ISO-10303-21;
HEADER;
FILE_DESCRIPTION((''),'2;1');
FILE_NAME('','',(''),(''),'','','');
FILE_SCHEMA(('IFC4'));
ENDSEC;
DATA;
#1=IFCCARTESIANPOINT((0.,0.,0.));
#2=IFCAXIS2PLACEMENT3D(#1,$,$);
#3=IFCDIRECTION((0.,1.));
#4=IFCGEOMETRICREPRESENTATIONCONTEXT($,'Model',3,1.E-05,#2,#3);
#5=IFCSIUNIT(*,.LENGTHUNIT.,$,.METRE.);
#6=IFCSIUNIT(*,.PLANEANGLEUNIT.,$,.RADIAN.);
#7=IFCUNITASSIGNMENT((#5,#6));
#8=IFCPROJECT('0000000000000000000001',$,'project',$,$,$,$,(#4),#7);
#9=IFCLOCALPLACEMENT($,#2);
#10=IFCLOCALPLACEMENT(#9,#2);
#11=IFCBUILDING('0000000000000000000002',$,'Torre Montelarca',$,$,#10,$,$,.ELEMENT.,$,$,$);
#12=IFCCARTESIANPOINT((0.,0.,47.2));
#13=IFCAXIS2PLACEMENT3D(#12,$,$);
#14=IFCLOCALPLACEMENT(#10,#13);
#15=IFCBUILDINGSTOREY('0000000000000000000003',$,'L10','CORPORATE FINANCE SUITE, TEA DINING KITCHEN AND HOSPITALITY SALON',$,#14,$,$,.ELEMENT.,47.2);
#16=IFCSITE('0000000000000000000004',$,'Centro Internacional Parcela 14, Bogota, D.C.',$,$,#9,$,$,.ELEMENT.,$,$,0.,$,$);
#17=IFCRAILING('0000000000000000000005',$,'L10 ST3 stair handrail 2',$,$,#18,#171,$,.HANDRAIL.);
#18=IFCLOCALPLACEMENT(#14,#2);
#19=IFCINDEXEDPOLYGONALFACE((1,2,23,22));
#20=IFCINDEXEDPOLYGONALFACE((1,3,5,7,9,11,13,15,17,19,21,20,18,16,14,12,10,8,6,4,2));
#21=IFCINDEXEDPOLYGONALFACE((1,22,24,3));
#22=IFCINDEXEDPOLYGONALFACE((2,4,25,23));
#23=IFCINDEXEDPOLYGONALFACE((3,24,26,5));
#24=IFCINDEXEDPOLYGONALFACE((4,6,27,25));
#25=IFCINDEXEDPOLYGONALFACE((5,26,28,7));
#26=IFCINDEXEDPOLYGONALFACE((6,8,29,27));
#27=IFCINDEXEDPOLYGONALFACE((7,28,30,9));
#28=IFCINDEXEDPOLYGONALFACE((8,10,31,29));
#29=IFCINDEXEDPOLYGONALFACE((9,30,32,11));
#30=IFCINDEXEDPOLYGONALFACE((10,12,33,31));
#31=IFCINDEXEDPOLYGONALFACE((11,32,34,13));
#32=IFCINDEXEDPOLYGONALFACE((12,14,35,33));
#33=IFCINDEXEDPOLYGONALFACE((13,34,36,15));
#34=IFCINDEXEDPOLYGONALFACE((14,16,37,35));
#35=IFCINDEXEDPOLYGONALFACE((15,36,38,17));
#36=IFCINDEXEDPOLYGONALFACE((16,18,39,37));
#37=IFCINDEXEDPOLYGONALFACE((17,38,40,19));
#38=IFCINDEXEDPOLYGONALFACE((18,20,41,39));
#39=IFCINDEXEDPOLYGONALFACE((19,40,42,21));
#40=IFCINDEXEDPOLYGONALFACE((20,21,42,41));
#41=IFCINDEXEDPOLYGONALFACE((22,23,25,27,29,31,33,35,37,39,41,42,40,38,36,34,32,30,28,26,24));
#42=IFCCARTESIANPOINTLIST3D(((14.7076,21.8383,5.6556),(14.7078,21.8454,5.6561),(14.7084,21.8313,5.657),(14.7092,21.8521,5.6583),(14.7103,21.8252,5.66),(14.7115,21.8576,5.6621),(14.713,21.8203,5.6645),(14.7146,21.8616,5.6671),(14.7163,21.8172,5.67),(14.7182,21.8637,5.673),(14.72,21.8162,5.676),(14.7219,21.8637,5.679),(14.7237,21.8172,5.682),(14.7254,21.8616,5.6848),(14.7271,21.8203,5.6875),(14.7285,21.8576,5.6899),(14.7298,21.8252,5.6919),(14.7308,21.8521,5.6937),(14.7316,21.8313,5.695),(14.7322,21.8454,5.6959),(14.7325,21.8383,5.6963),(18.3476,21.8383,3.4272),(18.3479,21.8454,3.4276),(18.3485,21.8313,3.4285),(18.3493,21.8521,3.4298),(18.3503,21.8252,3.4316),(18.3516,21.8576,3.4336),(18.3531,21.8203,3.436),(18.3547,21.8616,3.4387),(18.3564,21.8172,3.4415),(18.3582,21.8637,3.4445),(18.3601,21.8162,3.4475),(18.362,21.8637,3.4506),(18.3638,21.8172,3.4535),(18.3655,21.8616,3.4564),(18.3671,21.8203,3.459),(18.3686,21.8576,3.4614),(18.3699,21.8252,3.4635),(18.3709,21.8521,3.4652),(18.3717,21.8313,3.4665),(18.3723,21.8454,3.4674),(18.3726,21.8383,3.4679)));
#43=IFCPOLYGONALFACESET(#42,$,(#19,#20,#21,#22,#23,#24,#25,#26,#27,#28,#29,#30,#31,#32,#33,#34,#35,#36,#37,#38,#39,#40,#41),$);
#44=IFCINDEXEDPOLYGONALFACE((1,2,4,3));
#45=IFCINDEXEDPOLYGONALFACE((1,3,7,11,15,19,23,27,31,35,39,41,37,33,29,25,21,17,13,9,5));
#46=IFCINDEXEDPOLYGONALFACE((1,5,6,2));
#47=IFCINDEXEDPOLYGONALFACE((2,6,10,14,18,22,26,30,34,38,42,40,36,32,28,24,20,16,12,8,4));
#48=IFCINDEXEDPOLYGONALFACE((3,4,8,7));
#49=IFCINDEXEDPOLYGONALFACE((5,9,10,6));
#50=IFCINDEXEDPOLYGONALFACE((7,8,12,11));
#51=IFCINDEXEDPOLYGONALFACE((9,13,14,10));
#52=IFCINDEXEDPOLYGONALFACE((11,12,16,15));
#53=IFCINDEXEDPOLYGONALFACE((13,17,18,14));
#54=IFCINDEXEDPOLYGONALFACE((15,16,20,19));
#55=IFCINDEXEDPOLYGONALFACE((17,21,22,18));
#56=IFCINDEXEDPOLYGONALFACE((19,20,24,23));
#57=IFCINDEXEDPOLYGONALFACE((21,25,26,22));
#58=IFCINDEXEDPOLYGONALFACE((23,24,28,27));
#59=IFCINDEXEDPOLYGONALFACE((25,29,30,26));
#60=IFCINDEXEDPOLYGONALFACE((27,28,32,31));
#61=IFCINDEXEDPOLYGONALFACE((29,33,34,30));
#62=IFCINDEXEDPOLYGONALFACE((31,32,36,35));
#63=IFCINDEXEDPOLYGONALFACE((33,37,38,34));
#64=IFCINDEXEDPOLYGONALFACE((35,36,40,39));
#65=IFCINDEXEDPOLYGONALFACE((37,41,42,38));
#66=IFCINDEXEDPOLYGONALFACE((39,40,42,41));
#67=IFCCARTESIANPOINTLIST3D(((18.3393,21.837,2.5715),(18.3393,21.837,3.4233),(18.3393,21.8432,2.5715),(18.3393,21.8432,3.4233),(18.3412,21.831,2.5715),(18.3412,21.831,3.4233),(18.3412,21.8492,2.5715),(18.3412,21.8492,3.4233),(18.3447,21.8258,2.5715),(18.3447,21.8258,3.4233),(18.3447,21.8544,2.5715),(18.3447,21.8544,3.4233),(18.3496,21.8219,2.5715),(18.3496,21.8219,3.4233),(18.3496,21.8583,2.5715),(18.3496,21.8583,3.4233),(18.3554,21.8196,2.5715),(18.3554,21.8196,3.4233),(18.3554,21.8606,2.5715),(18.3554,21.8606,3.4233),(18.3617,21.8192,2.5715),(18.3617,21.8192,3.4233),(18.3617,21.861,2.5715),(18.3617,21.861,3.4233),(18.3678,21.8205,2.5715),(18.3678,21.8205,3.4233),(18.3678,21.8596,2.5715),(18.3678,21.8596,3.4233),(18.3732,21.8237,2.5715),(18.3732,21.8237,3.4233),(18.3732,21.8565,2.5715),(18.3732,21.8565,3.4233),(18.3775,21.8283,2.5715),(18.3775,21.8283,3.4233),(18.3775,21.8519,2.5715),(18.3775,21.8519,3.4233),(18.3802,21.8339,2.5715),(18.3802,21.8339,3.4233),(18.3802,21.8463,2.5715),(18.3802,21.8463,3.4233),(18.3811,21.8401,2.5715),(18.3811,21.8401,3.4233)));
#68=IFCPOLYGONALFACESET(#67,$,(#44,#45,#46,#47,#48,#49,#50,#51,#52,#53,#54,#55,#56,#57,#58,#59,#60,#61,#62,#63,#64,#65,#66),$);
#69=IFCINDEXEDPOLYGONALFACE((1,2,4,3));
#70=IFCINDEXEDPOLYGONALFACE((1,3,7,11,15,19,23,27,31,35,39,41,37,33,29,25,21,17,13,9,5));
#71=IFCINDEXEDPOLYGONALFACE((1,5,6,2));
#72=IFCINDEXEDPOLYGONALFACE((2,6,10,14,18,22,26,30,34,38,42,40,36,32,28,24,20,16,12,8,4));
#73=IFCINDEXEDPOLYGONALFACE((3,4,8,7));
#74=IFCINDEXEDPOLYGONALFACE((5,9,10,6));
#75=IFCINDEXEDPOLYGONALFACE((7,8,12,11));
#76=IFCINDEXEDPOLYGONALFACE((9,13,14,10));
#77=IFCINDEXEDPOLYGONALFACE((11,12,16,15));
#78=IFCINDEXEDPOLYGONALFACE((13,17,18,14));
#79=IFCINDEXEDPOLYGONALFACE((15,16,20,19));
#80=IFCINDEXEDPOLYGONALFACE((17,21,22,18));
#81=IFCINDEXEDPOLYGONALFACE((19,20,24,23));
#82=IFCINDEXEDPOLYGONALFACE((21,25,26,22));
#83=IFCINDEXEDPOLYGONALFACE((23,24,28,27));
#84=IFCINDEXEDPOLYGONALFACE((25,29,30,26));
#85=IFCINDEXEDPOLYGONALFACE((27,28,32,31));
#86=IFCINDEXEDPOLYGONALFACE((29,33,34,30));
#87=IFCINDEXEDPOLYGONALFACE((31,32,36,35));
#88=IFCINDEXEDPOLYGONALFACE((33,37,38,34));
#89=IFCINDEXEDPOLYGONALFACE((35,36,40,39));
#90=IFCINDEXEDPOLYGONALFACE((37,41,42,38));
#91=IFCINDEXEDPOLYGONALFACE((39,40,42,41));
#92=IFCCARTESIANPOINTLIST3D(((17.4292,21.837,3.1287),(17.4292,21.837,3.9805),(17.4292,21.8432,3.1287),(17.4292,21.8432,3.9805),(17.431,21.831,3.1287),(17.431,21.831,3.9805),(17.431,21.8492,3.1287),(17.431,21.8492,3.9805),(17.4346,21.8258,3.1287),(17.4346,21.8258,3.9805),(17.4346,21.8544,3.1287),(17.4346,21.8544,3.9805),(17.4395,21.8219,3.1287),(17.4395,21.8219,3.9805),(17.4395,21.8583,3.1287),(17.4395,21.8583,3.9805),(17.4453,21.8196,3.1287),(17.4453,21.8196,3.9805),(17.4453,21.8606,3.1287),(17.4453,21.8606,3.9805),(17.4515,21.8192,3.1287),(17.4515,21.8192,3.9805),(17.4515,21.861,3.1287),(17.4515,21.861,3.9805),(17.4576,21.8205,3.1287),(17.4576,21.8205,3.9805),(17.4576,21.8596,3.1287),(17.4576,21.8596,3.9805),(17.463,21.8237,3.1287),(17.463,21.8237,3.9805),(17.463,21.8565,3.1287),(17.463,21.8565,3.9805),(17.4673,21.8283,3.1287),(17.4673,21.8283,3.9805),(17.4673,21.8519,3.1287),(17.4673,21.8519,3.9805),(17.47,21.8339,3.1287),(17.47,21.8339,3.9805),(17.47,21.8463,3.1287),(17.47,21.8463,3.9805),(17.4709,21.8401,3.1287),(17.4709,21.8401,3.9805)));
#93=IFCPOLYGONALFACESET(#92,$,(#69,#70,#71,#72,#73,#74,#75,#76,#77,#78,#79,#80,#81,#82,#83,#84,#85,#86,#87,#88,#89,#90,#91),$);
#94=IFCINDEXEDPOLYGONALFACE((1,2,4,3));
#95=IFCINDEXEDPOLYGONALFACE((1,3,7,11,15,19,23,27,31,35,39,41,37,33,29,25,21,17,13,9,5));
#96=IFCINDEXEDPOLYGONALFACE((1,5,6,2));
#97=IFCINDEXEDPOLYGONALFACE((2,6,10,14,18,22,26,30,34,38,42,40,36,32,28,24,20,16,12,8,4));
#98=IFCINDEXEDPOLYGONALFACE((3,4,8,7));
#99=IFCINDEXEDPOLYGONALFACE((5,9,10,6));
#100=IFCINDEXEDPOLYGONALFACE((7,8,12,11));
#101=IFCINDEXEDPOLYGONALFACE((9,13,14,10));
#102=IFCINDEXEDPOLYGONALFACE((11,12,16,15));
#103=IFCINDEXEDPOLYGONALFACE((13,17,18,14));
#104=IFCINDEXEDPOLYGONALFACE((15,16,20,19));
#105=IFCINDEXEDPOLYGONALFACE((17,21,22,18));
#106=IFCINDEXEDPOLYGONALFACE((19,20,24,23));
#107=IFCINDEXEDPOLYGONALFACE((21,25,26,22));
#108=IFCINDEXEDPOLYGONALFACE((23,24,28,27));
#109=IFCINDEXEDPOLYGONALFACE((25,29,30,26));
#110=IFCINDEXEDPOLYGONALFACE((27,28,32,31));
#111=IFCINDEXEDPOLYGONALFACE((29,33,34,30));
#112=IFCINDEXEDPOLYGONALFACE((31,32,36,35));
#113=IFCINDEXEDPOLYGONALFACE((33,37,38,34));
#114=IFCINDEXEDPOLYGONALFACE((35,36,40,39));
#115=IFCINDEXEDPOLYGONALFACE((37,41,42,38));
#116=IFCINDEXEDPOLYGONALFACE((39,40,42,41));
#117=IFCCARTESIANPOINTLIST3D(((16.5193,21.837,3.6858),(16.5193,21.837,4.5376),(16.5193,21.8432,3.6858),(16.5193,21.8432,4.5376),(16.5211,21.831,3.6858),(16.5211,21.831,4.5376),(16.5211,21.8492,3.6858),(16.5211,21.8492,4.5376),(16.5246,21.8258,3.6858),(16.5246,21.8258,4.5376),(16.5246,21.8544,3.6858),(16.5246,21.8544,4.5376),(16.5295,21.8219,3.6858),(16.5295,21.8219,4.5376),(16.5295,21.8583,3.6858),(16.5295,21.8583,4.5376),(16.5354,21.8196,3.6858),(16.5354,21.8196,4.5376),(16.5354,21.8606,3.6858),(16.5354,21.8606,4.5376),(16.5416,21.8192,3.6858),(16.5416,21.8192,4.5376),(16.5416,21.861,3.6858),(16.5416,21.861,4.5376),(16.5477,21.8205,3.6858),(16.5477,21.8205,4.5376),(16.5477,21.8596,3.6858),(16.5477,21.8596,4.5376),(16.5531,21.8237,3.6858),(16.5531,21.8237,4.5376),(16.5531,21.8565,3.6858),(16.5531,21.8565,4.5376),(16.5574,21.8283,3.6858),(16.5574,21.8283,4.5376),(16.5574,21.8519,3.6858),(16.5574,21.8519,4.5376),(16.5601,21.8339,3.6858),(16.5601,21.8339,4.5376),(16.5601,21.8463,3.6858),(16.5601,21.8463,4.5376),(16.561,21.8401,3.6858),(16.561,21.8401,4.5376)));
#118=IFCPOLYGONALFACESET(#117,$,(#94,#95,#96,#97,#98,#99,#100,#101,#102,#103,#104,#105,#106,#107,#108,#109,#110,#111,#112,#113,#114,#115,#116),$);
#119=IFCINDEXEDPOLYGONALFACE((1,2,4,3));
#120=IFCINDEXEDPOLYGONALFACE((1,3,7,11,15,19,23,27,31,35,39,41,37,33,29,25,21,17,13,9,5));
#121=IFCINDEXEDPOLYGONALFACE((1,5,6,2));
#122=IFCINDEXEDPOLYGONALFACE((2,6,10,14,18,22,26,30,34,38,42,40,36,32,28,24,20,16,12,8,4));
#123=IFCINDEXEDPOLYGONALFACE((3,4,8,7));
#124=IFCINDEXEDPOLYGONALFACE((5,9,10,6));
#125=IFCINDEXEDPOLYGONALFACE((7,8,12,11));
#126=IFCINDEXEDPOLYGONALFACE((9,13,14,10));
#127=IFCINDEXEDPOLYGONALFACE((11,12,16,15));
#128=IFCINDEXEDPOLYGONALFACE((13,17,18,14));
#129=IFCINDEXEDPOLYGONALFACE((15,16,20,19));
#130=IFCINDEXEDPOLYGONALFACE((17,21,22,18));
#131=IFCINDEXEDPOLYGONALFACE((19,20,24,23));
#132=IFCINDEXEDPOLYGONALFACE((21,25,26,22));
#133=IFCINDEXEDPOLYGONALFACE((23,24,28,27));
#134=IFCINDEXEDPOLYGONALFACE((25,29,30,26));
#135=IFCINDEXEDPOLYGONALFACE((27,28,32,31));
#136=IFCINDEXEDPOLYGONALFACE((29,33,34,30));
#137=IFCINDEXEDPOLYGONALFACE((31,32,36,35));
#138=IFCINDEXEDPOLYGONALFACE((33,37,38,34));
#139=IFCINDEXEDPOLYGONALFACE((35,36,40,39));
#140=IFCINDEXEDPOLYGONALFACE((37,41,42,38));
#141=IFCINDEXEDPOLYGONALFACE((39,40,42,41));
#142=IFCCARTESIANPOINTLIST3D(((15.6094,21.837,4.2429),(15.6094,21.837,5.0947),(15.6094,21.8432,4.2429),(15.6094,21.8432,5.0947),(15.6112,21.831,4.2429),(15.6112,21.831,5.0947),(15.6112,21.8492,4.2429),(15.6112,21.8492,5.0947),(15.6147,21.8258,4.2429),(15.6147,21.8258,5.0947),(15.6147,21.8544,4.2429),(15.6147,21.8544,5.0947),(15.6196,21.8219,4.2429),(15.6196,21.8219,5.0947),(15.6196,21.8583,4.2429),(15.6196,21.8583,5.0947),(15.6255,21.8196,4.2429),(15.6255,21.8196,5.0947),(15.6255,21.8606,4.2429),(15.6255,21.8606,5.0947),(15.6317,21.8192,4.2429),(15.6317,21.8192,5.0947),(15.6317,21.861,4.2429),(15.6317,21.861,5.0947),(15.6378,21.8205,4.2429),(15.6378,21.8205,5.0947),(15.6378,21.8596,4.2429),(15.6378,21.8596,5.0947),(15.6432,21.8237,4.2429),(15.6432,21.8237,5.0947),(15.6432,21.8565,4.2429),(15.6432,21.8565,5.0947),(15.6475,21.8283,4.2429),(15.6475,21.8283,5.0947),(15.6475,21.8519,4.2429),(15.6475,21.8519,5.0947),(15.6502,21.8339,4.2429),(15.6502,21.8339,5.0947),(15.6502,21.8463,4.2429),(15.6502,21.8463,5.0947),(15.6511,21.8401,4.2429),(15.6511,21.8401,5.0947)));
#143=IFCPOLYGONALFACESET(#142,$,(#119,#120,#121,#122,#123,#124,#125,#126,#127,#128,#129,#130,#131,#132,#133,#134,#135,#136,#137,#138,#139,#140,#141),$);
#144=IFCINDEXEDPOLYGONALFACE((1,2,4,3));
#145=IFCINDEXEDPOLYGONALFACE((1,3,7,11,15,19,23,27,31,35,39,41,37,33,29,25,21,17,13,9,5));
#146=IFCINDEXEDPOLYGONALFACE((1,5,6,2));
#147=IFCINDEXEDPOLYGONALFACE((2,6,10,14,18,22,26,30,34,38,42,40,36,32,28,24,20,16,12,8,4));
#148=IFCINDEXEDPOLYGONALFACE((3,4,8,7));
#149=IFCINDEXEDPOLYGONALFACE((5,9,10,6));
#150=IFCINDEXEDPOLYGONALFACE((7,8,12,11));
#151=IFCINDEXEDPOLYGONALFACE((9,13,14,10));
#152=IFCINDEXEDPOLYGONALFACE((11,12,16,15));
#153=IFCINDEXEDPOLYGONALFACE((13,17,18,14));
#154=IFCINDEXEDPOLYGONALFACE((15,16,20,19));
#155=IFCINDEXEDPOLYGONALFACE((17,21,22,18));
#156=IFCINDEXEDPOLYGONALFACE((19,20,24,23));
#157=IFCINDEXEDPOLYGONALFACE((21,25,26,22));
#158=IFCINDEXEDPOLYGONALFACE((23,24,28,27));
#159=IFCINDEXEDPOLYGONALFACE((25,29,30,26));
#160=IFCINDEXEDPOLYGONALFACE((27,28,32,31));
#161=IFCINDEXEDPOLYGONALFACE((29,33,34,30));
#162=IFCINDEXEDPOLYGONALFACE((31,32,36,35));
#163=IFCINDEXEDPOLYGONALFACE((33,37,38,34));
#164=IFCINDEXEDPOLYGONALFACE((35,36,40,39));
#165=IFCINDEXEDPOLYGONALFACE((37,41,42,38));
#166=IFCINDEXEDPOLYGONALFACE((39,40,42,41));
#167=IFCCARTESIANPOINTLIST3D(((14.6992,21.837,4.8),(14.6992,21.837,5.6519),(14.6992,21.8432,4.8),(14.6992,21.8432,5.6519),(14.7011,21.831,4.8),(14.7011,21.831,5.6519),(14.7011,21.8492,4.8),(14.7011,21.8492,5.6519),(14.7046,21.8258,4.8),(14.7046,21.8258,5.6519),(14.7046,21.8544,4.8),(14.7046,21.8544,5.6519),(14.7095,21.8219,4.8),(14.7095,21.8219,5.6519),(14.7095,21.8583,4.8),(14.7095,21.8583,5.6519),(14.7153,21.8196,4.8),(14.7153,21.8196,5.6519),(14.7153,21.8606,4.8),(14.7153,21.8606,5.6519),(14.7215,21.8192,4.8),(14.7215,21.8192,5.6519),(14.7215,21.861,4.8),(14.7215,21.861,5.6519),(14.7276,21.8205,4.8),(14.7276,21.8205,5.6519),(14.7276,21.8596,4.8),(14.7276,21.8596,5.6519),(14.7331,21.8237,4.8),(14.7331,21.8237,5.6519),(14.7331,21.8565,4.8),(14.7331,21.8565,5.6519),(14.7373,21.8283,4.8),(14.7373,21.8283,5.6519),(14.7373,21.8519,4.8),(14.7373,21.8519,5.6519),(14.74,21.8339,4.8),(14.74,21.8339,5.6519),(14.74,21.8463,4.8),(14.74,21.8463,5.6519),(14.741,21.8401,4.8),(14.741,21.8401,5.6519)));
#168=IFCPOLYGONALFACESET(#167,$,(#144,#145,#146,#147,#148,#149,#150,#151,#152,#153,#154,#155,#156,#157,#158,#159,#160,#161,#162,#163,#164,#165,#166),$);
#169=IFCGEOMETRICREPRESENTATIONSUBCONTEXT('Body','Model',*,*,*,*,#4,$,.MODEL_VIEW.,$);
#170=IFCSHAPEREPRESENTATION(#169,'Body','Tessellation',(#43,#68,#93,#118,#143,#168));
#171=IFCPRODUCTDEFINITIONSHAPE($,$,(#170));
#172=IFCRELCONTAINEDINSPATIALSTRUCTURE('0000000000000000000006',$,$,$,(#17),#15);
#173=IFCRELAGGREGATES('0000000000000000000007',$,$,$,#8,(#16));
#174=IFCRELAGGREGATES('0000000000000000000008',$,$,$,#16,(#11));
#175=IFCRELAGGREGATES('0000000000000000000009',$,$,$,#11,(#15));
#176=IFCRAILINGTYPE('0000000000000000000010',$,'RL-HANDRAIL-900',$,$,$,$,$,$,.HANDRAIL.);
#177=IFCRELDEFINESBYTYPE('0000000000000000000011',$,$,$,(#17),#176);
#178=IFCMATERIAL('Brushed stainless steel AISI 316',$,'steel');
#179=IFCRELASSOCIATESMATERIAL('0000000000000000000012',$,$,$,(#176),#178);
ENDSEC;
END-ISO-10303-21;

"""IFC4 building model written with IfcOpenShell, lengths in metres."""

from ifc_helpers import new_model, si_unit, direction, frame, origin, origin_2d, place, context, subcontext, project, spatial, circle, extrude, material, type_object, element, save


model = new_model("IFC4")

# Units and contexts
model_context = context("Model", 3, precision=1e-05, world=origin(), true_north=direction((0.0, 1.0)))
body_context = subcontext(model_context, "Body", "Model", "MODEL_VIEW")
ifc_project = project(units=[si_unit("LENGTHUNIT", "METRE"), si_unit("PLANEANGLEUNIT", "RADIAN")], contexts=[model_context])

# Site, building, storey
site_placement = place(None, origin())
site = spatial("IfcSite", under=ifc_project, at=site_placement, Name="Centro Internacional Parcela 14, Bogota, D.C.", CompositionType="ELEMENT", RefElevation=0.0)
building_placement = place(site_placement, origin())
building = spatial("IfcBuilding", under=site, at=building_placement, Name="Torre Montelarca", CompositionType="ELEMENT")
storey_placement = place(building_placement, frame((0.0, 0.0, 47.2)))
storey = spatial("IfcBuildingStorey", under=building, at=storey_placement, Name="L10", Description="CORPORATE FINANCE SUITE, TEA DINING KITCHEN AND HOSPITALITY SALON", CompositionType="ELEMENT", Elevation=47.2)

# Railing
ifc_material_1 = material(Name="Brushed stainless steel AISI 316", Category="steel")
railing_type_1 = type_object("IfcRailingType", Name="RL-HANDRAIL-900", PredefinedType="HANDRAIL", material=ifc_material_1)
railing_1_placement = place(storey_placement, frame((18.3601, 21.8401, 2.5715)))
element("IfcRailing", 1, at=railing_1_placement, inside=storey, type_object=railing_type_1, Name="L10 ST3 stair handrail 2", PredefinedType="HANDRAIL", context=body_context, shape_type="SweptSolid", body=[
    extrude(circle(Radius=0.0239, at=origin_2d()), frame((0.0, 0.0, 0.876), z_axis=(-0.852866, 0.0, 0.52213), x_axis=(0.0, -1.0, 0.0)), (0.0, 0.0, 1.0), 4.2681),
    extrude(circle(Radius=0.021, at=origin_2d()), origin(), (0.0, 0.0, 1.0), 0.8518),
    extrude(circle(Radius=0.021, at=origin_2d()), frame((-0.9102, 0.0, 0.5571)), (0.0, 0.0, 1.0), 0.8518),
    extrude(circle(Radius=0.021, at=origin_2d()), frame((-1.8201, 0.0, 1.1143)), (0.0, 0.0, 1.0), 0.8518),
    extrude(circle(Radius=0.021, at=origin_2d()), frame((-2.73, 0.0, 1.6714)), (0.0, 0.0, 1.0), 0.8518),
    extrude(circle(Radius=0.021, at=origin_2d()), frame((-3.6401, 0.0, 2.2285)), (0.0, 0.0, 1.0), 0.8518),
])

save(model, "model.ifc")
